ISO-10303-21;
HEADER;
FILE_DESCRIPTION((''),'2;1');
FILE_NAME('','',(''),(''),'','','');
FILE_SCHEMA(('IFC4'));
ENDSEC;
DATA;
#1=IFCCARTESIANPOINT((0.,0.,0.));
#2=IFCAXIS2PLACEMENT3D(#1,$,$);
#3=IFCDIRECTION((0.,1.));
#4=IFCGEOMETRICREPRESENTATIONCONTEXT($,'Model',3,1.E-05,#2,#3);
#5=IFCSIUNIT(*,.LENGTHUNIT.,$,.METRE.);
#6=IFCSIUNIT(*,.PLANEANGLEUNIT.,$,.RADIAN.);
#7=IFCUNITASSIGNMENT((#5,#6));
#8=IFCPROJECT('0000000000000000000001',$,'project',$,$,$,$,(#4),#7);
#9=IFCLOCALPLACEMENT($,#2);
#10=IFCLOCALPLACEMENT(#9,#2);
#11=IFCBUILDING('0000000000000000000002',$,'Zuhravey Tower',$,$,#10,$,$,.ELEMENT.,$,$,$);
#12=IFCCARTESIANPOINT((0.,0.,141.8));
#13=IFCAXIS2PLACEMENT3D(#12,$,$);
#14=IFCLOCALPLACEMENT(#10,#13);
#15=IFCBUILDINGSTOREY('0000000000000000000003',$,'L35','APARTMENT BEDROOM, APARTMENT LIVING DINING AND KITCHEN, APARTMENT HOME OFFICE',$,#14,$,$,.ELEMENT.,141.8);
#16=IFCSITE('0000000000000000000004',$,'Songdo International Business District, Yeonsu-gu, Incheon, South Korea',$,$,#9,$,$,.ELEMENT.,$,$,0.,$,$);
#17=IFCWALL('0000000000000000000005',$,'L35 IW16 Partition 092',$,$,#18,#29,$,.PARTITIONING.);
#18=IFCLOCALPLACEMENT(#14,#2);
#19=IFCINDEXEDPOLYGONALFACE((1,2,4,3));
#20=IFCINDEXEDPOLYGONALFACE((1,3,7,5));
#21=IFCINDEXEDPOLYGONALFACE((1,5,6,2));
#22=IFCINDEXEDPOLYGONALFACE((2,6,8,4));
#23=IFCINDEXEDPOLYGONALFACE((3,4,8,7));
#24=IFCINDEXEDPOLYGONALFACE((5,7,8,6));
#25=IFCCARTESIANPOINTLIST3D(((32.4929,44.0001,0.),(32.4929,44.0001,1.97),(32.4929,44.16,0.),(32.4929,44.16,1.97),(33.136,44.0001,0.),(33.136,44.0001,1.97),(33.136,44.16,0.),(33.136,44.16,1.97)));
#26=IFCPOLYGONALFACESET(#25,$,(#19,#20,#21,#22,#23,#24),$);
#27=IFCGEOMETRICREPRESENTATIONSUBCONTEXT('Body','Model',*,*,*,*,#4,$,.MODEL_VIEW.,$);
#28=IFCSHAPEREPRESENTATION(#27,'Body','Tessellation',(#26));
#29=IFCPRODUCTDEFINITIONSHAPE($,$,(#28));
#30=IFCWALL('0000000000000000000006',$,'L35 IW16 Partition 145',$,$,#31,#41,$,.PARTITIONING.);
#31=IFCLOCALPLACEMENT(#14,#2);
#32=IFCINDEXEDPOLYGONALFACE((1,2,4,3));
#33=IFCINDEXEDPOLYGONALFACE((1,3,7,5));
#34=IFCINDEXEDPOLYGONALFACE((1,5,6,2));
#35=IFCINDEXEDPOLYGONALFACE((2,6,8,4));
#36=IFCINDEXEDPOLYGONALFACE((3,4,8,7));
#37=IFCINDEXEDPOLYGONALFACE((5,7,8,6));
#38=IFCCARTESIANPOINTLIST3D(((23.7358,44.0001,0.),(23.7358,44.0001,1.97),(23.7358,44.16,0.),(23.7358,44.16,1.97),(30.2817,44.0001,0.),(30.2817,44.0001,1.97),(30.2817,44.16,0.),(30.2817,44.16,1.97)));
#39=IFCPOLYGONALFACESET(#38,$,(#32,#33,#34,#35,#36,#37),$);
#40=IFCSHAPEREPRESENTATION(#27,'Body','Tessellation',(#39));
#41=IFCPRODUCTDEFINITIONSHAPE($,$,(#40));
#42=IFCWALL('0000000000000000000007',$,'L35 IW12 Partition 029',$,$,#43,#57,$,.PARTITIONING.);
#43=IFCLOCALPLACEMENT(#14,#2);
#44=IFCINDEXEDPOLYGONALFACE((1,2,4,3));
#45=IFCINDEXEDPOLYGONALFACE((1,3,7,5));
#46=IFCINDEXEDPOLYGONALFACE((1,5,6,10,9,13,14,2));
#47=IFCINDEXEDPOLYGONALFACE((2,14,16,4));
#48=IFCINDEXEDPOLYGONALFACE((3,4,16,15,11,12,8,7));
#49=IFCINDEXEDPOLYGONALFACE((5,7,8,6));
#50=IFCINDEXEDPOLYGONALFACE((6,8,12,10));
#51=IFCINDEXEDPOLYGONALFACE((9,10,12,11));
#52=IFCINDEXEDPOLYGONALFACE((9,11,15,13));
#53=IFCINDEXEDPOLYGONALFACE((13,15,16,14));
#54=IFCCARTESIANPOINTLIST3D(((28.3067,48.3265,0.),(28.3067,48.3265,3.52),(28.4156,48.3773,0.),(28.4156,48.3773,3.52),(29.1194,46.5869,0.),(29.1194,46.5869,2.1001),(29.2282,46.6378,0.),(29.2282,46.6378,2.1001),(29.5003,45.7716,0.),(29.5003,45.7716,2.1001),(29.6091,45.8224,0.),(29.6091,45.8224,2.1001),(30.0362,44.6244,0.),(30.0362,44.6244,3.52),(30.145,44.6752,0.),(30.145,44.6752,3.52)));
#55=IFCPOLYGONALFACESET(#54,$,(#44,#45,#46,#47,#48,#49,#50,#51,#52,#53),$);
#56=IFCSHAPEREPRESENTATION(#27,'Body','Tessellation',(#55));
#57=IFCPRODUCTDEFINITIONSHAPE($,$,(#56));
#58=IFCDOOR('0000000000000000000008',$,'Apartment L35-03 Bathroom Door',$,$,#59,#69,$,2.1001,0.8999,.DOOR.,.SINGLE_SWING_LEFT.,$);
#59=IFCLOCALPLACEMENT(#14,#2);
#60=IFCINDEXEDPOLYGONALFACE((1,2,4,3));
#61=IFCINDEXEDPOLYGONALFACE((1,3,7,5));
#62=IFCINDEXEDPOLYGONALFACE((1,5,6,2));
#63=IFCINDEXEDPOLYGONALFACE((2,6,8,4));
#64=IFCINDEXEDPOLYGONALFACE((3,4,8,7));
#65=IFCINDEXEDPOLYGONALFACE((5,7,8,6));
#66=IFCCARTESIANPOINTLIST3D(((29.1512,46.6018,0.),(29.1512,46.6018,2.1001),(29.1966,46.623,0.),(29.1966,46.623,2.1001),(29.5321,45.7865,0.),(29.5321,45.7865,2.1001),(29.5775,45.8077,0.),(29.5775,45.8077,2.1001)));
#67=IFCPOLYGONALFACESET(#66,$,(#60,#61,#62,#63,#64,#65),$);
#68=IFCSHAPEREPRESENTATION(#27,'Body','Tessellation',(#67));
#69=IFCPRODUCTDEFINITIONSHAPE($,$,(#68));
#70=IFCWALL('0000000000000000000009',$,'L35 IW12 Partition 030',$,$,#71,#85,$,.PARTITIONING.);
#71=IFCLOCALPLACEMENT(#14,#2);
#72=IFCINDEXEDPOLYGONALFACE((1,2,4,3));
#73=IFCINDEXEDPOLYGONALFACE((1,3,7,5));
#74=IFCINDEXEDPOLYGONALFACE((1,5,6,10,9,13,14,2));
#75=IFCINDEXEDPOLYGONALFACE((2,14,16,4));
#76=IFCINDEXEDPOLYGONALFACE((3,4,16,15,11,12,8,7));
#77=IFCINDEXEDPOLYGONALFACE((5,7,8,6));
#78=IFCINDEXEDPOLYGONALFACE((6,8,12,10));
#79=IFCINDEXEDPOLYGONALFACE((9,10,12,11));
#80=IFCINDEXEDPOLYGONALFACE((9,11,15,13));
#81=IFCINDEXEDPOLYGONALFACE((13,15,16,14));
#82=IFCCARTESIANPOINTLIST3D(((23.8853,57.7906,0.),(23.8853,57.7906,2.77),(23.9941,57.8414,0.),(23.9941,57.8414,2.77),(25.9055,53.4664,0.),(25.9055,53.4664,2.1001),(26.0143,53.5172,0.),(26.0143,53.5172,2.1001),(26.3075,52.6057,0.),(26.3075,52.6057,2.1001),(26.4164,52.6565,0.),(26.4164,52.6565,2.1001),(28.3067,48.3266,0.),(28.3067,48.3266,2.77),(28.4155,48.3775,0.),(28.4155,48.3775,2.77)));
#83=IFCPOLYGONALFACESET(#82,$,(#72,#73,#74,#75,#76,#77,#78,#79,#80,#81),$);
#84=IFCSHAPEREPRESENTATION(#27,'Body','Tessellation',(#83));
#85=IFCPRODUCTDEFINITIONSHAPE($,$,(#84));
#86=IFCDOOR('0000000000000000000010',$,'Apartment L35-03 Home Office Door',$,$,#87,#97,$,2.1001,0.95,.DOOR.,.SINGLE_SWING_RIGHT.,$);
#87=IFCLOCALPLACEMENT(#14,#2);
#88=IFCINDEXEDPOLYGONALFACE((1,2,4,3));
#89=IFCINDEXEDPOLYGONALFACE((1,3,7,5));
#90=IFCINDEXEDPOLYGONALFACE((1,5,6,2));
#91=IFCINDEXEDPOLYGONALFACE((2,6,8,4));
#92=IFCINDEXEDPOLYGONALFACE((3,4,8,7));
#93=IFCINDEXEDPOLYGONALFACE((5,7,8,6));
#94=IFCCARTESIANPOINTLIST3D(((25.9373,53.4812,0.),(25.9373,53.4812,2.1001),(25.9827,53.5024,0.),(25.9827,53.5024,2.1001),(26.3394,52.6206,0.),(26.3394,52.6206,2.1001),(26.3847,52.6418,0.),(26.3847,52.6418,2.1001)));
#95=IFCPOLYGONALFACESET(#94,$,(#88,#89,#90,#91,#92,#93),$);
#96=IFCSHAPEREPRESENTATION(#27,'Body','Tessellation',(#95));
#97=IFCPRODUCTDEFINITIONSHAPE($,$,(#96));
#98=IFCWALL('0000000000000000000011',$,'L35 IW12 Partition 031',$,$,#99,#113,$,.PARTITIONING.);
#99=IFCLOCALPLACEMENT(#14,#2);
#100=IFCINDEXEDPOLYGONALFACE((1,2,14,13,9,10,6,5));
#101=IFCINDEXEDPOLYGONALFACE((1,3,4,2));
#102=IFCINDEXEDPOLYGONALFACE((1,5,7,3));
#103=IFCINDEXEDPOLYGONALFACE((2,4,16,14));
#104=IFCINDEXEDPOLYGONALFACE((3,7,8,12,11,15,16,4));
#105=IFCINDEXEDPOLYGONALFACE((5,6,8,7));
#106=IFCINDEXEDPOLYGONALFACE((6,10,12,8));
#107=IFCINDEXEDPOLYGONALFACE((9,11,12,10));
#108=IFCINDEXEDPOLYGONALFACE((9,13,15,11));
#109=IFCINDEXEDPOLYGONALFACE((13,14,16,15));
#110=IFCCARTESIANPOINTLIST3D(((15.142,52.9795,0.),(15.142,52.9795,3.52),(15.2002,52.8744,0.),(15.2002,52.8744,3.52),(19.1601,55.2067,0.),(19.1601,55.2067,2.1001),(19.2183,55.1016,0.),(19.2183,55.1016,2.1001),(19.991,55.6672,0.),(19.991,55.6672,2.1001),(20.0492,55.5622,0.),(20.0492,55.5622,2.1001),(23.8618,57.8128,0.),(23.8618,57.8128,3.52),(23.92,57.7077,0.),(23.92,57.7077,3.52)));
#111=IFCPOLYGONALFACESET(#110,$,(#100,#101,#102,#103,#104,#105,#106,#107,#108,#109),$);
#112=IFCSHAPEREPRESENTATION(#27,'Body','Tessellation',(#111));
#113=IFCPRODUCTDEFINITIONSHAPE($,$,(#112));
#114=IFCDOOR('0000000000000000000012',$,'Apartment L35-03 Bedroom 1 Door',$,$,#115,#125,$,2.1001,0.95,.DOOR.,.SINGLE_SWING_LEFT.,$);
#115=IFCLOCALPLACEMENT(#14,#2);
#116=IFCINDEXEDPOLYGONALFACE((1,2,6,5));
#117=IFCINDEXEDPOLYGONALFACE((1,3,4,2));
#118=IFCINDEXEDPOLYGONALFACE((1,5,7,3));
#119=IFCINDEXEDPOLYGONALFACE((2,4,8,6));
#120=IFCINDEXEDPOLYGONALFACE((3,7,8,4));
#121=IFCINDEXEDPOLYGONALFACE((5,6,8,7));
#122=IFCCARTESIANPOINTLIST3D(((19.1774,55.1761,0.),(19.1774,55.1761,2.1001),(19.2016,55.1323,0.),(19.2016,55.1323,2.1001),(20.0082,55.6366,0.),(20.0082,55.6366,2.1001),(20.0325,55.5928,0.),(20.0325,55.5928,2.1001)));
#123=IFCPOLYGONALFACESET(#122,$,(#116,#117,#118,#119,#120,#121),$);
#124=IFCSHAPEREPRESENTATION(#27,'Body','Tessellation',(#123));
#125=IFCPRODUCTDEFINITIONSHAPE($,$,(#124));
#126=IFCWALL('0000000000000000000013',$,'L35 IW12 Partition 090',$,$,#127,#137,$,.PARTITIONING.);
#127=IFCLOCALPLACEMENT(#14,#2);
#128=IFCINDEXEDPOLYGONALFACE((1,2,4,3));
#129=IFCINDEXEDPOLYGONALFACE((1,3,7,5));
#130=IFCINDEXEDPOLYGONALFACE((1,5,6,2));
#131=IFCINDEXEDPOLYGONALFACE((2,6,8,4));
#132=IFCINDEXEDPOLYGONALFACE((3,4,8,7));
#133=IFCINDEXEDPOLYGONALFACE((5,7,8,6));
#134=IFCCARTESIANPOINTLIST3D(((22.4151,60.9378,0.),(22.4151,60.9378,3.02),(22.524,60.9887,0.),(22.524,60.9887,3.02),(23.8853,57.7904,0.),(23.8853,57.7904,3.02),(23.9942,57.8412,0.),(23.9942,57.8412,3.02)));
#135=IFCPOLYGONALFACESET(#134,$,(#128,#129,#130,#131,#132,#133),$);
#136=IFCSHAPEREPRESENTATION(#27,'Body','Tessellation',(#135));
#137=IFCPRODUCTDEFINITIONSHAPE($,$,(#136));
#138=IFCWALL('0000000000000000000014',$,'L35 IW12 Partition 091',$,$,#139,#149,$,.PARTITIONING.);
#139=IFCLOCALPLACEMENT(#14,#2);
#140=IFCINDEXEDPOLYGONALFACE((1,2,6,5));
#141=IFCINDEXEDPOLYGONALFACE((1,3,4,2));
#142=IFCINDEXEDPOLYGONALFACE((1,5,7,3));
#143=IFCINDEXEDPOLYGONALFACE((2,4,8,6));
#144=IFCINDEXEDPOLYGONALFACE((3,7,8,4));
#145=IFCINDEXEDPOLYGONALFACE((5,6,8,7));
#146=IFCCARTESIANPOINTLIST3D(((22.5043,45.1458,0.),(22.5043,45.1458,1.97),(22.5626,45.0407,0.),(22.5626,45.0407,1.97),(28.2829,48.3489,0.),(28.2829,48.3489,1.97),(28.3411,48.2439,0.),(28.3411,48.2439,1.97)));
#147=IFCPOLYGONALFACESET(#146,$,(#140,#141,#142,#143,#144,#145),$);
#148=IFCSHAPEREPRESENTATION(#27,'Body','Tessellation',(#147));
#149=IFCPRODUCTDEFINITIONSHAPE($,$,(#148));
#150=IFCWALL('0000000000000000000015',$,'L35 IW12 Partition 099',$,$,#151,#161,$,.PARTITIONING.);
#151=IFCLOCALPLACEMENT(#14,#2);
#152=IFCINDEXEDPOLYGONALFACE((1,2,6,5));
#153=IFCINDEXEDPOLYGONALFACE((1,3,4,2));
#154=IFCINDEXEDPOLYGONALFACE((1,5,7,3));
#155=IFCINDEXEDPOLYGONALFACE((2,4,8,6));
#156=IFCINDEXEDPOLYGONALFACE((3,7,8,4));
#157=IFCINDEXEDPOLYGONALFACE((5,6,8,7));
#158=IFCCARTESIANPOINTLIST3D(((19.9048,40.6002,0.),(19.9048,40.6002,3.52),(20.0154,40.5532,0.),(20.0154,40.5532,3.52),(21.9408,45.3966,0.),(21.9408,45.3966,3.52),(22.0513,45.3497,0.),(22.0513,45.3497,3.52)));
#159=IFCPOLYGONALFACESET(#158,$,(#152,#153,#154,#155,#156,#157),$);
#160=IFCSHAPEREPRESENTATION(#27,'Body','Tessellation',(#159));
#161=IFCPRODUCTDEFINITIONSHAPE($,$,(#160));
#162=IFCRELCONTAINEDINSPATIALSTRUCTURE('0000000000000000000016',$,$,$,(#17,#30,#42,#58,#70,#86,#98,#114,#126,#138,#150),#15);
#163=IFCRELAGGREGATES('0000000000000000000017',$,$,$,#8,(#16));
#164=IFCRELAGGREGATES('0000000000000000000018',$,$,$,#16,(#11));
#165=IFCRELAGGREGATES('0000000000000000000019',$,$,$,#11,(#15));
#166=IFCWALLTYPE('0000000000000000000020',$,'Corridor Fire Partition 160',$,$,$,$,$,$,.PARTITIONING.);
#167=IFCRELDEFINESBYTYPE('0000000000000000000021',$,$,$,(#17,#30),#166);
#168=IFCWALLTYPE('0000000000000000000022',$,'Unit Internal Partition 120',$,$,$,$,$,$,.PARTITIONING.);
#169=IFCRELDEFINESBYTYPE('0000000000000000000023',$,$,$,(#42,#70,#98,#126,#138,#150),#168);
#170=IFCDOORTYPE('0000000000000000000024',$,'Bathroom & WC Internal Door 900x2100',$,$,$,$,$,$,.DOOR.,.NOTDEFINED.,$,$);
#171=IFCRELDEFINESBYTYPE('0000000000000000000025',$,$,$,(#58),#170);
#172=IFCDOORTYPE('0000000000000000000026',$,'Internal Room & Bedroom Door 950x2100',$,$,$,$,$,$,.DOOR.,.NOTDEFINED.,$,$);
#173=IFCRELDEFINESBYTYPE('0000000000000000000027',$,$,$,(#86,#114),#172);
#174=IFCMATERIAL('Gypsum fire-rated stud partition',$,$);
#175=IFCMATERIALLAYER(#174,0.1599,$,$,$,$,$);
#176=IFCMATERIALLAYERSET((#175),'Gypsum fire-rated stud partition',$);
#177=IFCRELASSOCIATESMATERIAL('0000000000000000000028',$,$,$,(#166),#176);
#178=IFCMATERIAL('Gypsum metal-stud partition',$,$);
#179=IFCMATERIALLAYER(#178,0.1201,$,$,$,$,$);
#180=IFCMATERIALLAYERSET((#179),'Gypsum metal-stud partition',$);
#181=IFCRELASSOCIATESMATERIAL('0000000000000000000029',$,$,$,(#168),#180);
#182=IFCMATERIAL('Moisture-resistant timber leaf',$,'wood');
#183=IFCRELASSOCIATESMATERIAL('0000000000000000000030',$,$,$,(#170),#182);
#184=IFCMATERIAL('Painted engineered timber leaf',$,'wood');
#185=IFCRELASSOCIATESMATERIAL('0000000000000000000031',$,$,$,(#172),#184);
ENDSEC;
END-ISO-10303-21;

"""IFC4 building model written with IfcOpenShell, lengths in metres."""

from ifc_helpers import new_model, si_unit, direction, frame, frame_2d, origin, place, context, subcontext, project, spatial, rectangle, extrude, material, layer, layer_set, type_object, element, fill, save


model = new_model("IFC4")

# Units and contexts
model_context = context("Model", 3, precision=1e-05, world=origin(), true_north=direction((0.0, 1.0)))
body_context = subcontext(model_context, "Body", "Model", "MODEL_VIEW")
ifc_project = project(units=[si_unit("LENGTHUNIT", "METRE"), si_unit("PLANEANGLEUNIT", "RADIAN")], contexts=[model_context])

# Site, building, storey
site_placement = place(None, origin())
site = spatial("IfcSite", under=ifc_project, at=site_placement, Name="Songdo International Business District, Yeonsu-gu, Incheon, South Korea", CompositionType="ELEMENT", RefElevation=0.0)
building_placement = place(site_placement, origin())
building = spatial("IfcBuilding", under=site, at=building_placement, Name="Zuhravey Tower", CompositionType="ELEMENT")
storey_placement = place(building_placement, frame((0.0, 0.0, 141.8)))
storey = spatial("IfcBuildingStorey", under=building, at=storey_placement, Name="L35", Description="APARTMENT BEDROOM, APARTMENT LIVING DINING AND KITCHEN, APARTMENT HOME OFFICE", CompositionType="ELEMENT", Elevation=141.8)

# Shared definitions
ifc_material_1 = material(Name="Gypsum fire-rated stud partition")
ifc_layer_1 = layer(ifc_material_1, 0.1599)
ifc_layer_set_1 = layer_set([ifc_layer_1], Name="Gypsum fire-rated stud partition")
wall_type_1 = type_object("IfcWallType", Name="Corridor Fire Partition 160", PredefinedType="PARTITIONING", material=ifc_layer_set_1)

# Walls
wall_1_placement = place(storey_placement, frame((33.136, 44.0801, 0.0), z_axis=(0.0, 0.0, 1.0), x_axis=(-1.0, 0.0, 0.0)))
element("IfcWall", 1, at=wall_1_placement, inside=storey, type_object=wall_type_1, Name="L35 IW16 Partition 092", PredefinedType="PARTITIONING", context=body_context, shape_type="SweptSolid", body=[
    extrude(rectangle(XDim=0.6431, YDim=0.1599, at=frame_2d((0.3215, 0.0))), origin(), (0.0, 0.0, 1.0), 1.97),
])
wall_2_placement = place(storey_placement, frame((30.2817, 44.0801, 0.0), z_axis=(0.0, 0.0, 1.0), x_axis=(-1.0, 0.0, 0.0)))
element("IfcWall", 2, at=wall_2_placement, inside=storey, type_object=wall_type_1, Name="L35 IW16 Partition 145", PredefinedType="PARTITIONING", context=body_context, shape_type="SweptSolid", body=[
    extrude(rectangle(XDim=6.5459, YDim=0.1599, at=frame_2d((3.2729, 0.0))), origin(), (0.0, 0.0, 1.0), 1.97),
])

# Walls, openings, doors
ifc_material_2 = material(Name="Gypsum metal-stud partition")
ifc_layer_2 = layer(ifc_material_2, 0.1201)
ifc_layer_set_2 = layer_set([ifc_layer_2], Name="Gypsum metal-stud partition")
wall_type_2 = type_object("IfcWallType", Name="Unit Internal Partition 120", PredefinedType="PARTITIONING", material=ifc_layer_set_2)
wall_3_placement = place(storey_placement, frame((30.0906, 44.6499, 0.0), z_axis=(0.0, 0.0, 1.0), x_axis=(-0.423252, 0.906012, 0.0)))
wall_3 = element("IfcWall", 3, at=wall_3_placement, inside=storey, type_object=wall_type_2, Name="L35 IW12 Partition 029", PredefinedType="PARTITIONING", context=body_context, shape_type="SweptSolid", body=[
    extrude(rectangle(XDim=4.0862, YDim=0.1201, at=frame_2d((2.043, 0.0))), origin(), (0.0, 0.0, 1.0), 3.52),
])
opening_1_placement = place(wall_3_placement, frame((1.2661, 0.0, 0.0)))
opening_1 = element("IfcOpeningElement", 4, at=opening_1_placement, cuts=wall_3, PredefinedType="OPENING", context=body_context, shape_type="SweptSolid", body=[
    extrude(rectangle(XDim=0.8999, YDim=2.1001, at=frame_2d((0.45, 1.05))), frame((0.0, 0.072, 0.0), z_axis=(0.0, -1.0, 0.0), x_axis=(1.0, 0.0, 0.0)), (0.0, 0.0, 1.0), 0.144),
])
ifc_material_3 = material(Name="Moisture-resistant timber leaf", Category="wood")
door_type_1 = type_object("IfcDoorType", Name="Bathroom & WC Internal Door 900x2100", OperationType="NOTDEFINED", PredefinedType="DOOR", material=ifc_material_3)
door_1_placement = place(opening_1_placement, origin())
door_1 = element("IfcDoor", 5, at=door_1_placement, inside=storey, type_object=door_type_1, Name="Apartment L35-03 Bathroom Door", OperationType="SINGLE_SWING_LEFT", OverallHeight=2.1001, OverallWidth=0.8999, PredefinedType="DOOR", context=body_context, shape_type="SweptSolid", body=[
    extrude(rectangle(XDim=0.8999, YDim=2.1001, at=frame_2d((0.45, 1.05))), frame((0.0, 0.0249, 0.0), z_axis=(0.0, -1.0, 0.0), x_axis=(1.0, 0.0, 0.0)), (0.0, 0.0, 1.0), 0.05),
])
fill(opening_1, door_1)
wall_4_placement = place(storey_placement, frame((28.3611, 48.3521, 0.0), z_axis=(0.0, 0.0, 1.0), x_axis=(-0.423272, 0.906003, 0.0)))
wall_4 = element("IfcWall", 6, at=wall_4_placement, inside=storey, type_object=wall_type_2, Name="L35 IW12 Partition 030", PredefinedType="PARTITIONING", context=body_context, shape_type="SweptSolid", body=[
    extrude(rectangle(XDim=10.4458, YDim=0.1201, at=frame_2d((5.2229, 0.0))), origin(), (0.0, 0.0, 1.0), 2.77),
])
opening_2_placement = place(wall_4_placement, frame((4.7229, 0.0, 0.0)))
opening_2 = element("IfcOpeningElement", 7, at=opening_2_placement, cuts=wall_4, PredefinedType="OPENING", context=body_context, shape_type="SweptSolid", body=[
    extrude(rectangle(XDim=0.95, YDim=2.1001, at=frame_2d((0.4751, 1.05))), frame((0.0, 0.072, 0.0), z_axis=(0.0, -1.0, 0.0), x_axis=(1.0, 0.0, 0.0)), (0.0, 0.0, 1.0), 0.144),
])
ifc_material_4 = material(Name="Painted engineered timber leaf", Category="wood")
door_type_2 = type_object("IfcDoorType", Name="Internal Room & Bedroom Door 950x2100", OperationType="NOTDEFINED", PredefinedType="DOOR", material=ifc_material_4)
door_2_placement = place(opening_2_placement, origin())
door_2 = element("IfcDoor", 8, at=door_2_placement, inside=storey, type_object=door_type_2, Name="Apartment L35-03 Home Office Door", OperationType="SINGLE_SWING_RIGHT", OverallHeight=2.1001, OverallWidth=0.95, PredefinedType="DOOR", context=body_context, shape_type="SweptSolid", body=[
    extrude(rectangle(XDim=0.95, YDim=2.1001, at=frame_2d((0.4751, 1.05))), frame((0.0, 0.0249, 0.0), z_axis=(0.0, -1.0, 0.0), x_axis=(1.0, 0.0, 0.0)), (0.0, 0.0, 1.0), 0.05),
])
fill(opening_2, door_2)
wall_5_placement = place(storey_placement, frame((23.8909, 57.7603, 0.0), z_axis=(0.0, 0.0, 1.0), x_axis=(-0.874627, -0.484796, 0.0)))
wall_5 = element("IfcWall", 9, at=wall_5_placement, inside=storey, type_object=wall_type_2, Name="L35 IW12 Partition 031", PredefinedType="PARTITIONING", context=body_context, shape_type="SweptSolid", body=[
    extrude(rectangle(XDim=9.9697, YDim=0.1201, at=frame_2d((4.9849, 0.0))), origin(), (0.0, 0.0, 1.0), 3.52),
])
opening_3_placement = place(wall_5_placement, frame((4.4255, 0.0, 0.0)))
opening_3 = element("IfcOpeningElement", 10, at=opening_3_placement, cuts=wall_5, PredefinedType="OPENING", context=body_context, shape_type="SweptSolid", body=[
    extrude(rectangle(XDim=0.95, YDim=2.1001, at=frame_2d((0.4751, 1.05))), frame((0.0, 0.072, 0.0), z_axis=(0.0, -1.0, 0.0), x_axis=(1.0, 0.0, 0.0)), (0.0, 0.0, 1.0), 0.144),
])
door_3_placement = place(opening_3_placement, frame((0.95, 0.0, 0.0), z_axis=(0.0, 0.0, 1.0), x_axis=(-1.0, 0.0, 0.0)))
door_3 = element("IfcDoor", 11, at=door_3_placement, inside=storey, type_object=door_type_2, Name="Apartment L35-03 Bedroom 1 Door", OperationType="SINGLE_SWING_LEFT", OverallHeight=2.1001, OverallWidth=0.95, PredefinedType="DOOR", context=body_context, shape_type="SweptSolid", body=[
    extrude(rectangle(XDim=0.95, YDim=2.1001, at=frame_2d((0.4751, 1.05))), frame((0.0, 0.0249, 0.0), z_axis=(0.0, -1.0, 0.0), x_axis=(1.0, 0.0, 0.0)), (0.0, 0.0, 1.0), 0.05),
])
fill(opening_3, door_3)

# Walls
wall_6_placement = place(storey_placement, frame((23.9397, 57.8159, 0.0), z_axis=(0.0, 0.0, 1.0), x_axis=(-0.423216, 0.906029, 0.0)))
element("IfcWall", 12, at=wall_6_placement, inside=storey, type_object=wall_type_2, Name="L35 IW12 Partition 090", PredefinedType="PARTITIONING", context=body_context, shape_type="SweptSolid", body=[
    extrude(rectangle(XDim=3.4739, YDim=0.1201, at=frame_2d((1.7368, 0.0))), origin(), (0.0, 0.0, 1.0), 3.02),
])
wall_7_placement = place(storey_placement, frame((28.312, 48.2964, 0.0), z_axis=(0.0, 0.0, 1.0), x_axis=(-0.874619, -0.484811, 0.0)))
element("IfcWall", 13, at=wall_7_placement, inside=storey, type_object=wall_type_2, Name="L35 IW12 Partition 091", PredefinedType="PARTITIONING", context=body_context, shape_type="SweptSolid", body=[
    extrude(rectangle(XDim=6.6069, YDim=0.1201, at=frame_2d((3.3035, 0.0))), origin(), (0.0, 0.0, 1.0), 1.97),
])
wall_8_placement = place(storey_placement, frame((21.9961, 45.3733, 0.0), z_axis=(0.0, 0.0, 1.0), x_axis=(-0.390722, -0.920509, 0.0)))
element("IfcWall", 14, at=wall_8_placement, inside=storey, type_object=wall_type_2, Name="L35 IW12 Partition 099", PredefinedType="PARTITIONING", context=body_context, shape_type="SweptSolid", body=[
    extrude(rectangle(XDim=5.2107, YDim=0.1201, at=frame_2d((2.6055, 0.0))), origin(), (0.0, 0.0, 1.0), 3.52),
])

save(model, "model.ifc")
